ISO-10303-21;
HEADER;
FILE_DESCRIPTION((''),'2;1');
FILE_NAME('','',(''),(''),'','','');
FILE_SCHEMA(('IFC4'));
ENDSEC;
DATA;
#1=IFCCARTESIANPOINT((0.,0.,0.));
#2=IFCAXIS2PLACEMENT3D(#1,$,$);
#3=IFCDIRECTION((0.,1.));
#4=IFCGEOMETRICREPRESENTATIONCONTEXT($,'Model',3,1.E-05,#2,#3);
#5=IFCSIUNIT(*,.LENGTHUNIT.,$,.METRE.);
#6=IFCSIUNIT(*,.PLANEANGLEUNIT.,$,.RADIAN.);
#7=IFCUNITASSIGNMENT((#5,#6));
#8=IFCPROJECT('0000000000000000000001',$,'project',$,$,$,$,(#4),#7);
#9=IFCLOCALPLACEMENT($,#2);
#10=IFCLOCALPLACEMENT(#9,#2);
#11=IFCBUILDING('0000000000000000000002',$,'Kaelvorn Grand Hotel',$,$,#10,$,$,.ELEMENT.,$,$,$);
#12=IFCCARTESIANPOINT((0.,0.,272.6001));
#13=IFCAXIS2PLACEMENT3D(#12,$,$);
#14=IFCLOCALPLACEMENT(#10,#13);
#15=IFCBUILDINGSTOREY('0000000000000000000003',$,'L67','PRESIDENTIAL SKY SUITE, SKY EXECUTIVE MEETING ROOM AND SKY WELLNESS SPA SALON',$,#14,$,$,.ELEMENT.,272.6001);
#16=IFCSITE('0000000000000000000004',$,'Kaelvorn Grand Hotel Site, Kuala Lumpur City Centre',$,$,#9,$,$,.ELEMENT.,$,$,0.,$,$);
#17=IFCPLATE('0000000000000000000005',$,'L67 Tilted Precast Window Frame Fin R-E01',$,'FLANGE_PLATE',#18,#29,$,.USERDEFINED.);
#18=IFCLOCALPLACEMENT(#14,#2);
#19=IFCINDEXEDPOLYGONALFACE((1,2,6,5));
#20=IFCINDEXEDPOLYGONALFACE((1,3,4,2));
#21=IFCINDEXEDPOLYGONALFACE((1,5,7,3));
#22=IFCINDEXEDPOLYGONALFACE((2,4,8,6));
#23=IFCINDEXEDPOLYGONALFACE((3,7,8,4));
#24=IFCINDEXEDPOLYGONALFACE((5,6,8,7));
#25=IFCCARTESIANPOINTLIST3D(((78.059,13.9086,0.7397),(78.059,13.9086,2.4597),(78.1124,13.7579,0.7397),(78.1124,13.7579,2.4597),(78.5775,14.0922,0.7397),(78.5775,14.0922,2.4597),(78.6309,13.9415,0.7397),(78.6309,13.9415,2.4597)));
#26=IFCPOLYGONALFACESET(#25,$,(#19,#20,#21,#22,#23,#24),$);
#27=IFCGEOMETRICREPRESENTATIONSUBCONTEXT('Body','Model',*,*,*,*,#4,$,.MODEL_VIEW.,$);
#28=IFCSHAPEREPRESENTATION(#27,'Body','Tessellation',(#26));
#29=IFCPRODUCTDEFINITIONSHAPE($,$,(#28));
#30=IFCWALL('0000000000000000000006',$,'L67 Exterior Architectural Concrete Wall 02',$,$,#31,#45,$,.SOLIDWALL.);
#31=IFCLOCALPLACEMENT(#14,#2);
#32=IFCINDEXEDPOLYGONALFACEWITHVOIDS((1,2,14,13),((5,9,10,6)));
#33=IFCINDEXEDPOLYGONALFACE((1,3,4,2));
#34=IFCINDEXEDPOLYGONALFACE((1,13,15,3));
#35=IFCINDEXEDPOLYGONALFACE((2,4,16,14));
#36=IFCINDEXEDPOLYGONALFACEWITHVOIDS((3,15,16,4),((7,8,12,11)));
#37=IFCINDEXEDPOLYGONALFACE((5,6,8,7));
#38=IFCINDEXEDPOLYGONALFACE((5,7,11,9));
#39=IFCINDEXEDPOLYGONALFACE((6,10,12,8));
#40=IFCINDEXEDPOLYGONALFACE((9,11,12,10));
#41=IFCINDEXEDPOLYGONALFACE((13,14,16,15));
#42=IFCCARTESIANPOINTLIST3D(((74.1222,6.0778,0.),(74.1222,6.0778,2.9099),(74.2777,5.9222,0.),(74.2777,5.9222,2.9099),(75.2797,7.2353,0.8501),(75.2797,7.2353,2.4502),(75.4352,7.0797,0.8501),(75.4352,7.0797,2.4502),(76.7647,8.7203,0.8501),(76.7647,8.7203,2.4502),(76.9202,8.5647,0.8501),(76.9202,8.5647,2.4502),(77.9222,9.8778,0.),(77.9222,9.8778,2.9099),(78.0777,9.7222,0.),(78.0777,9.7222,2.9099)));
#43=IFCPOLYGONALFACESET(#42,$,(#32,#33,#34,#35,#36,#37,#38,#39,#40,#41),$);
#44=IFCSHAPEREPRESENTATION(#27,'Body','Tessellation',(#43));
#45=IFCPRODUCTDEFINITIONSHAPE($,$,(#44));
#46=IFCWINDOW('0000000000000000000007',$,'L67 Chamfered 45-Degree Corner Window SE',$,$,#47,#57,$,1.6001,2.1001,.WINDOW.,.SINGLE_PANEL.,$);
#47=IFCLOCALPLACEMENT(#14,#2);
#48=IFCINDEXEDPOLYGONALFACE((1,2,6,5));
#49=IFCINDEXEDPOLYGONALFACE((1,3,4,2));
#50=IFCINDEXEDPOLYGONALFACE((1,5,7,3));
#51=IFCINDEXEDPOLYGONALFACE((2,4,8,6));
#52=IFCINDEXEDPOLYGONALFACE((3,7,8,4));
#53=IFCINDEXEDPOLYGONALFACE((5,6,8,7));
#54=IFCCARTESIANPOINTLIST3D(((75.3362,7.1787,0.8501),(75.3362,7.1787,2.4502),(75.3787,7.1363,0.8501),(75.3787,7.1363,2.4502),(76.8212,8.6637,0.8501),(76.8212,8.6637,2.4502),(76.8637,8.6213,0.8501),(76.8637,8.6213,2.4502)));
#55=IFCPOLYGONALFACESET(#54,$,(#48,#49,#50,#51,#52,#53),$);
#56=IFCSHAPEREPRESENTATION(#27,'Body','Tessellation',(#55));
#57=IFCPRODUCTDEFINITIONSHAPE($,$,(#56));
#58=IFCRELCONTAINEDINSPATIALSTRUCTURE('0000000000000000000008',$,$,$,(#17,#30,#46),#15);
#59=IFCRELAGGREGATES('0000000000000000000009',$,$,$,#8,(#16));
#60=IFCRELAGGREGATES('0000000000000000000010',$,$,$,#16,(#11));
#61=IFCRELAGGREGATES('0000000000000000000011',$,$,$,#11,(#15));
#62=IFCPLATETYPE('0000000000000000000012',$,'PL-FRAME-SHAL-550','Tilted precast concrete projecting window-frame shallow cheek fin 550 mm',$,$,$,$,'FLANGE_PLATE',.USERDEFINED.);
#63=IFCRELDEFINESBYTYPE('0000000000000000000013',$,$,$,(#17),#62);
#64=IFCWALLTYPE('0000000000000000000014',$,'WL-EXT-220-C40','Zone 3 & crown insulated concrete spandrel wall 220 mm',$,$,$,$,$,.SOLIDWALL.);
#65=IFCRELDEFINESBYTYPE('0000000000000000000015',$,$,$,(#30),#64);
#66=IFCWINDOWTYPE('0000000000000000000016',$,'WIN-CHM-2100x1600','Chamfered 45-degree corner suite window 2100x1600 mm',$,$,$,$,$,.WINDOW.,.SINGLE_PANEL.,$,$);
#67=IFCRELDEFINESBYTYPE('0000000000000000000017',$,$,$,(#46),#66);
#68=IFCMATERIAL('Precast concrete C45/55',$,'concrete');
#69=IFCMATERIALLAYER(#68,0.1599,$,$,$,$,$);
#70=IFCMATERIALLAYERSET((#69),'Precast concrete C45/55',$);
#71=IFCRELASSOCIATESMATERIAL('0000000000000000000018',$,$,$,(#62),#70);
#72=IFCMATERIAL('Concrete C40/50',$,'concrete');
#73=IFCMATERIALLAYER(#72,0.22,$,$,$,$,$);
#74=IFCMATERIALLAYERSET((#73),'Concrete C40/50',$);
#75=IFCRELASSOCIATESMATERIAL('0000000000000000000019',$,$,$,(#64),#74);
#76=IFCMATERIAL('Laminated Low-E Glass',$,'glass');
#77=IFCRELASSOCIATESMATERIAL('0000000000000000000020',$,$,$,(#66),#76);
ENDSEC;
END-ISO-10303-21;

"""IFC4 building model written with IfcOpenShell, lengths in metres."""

from ifc_helpers import new_model, si_unit, direction, frame, frame_2d, origin, origin_2d, place, context, subcontext, project, spatial, rectangle, extrude, material, layer, layer_set, type_object, element, fill, save


model = new_model("IFC4")

# Units and contexts
model_context = context("Model", 3, precision=1e-05, world=origin(), true_north=direction((0.0, 1.0)))
body_context = subcontext(model_context, "Body", "Model", "MODEL_VIEW")
ifc_project = project(units=[si_unit("LENGTHUNIT", "METRE"), si_unit("PLANEANGLEUNIT", "RADIAN")], contexts=[model_context])

# Site, building, storey
site_placement = place(None, origin())
site = spatial("IfcSite", under=ifc_project, at=site_placement, Name="Kaelvorn Grand Hotel Site, Kuala Lumpur City Centre", CompositionType="ELEMENT", RefElevation=0.0)
building_placement = place(site_placement, origin())
building = spatial("IfcBuilding", under=site, at=building_placement, Name="Kaelvorn Grand Hotel", CompositionType="ELEMENT")
storey_placement = place(building_placement, frame((0.0, 0.0, 272.6001)))
storey = spatial("IfcBuildingStorey", under=building, at=storey_placement, Name="L67", Description="PRESIDENTIAL SKY SUITE, SKY EXECUTIVE MEETING ROOM AND SKY WELLNESS SPA SALON", CompositionType="ELEMENT", Elevation=272.6001)

# Shared definitions
ifc_material_1 = material(Name="Concrete C40/50", Category="concrete")

# Plate
ifc_material_2 = material(Name="Precast concrete C45/55", Category="concrete")
ifc_layer_1 = layer(ifc_material_2, 0.1599)
ifc_layer_set_1 = layer_set([ifc_layer_1], Name="Precast concrete C45/55")
plate_type_1 = type_object("IfcPlateType", Name="PL-FRAME-SHAL-550", Description="Tilted precast concrete projecting window-frame shallow cheek fin 550 mm", ElementType="FLANGE_PLATE", PredefinedType="USERDEFINED", material=ifc_layer_set_1)
plate_1_placement = place(storey_placement, frame((78.345, 13.925, 0.7397), z_axis=(0.0, 0.0, 1.0), x_axis=(-0.333807, 0.942641, 0.0)))
element("IfcPlate", 1, at=plate_1_placement, inside=storey, type_object=plate_type_1, Name="L67 Tilted Precast Window Frame Fin R-E01", ObjectType="FLANGE_PLATE", PredefinedType="USERDEFINED", context=body_context, shape_type="SweptSolid", body=[
    extrude(rectangle(XDim=0.1599, YDim=0.55, at=origin_2d()), origin(), (0.0, 0.0, 1.0), 1.72),
])

# Wall, opening, window
ifc_layer_2 = layer(ifc_material_1, 0.22)
ifc_layer_set_2 = layer_set([ifc_layer_2], Name="Concrete C40/50")
wall_type = type_object("IfcWallType", Name="WL-EXT-220-C40", Description="Zone 3 & crown insulated concrete spandrel wall 220 mm", PredefinedType="SOLIDWALL", material=ifc_layer_set_2)
wall_1_placement = place(storey_placement, frame((74.2, 6.0, 0.0), z_axis=(0.0, 0.0, 1.0), x_axis=(0.707107, 0.707107, 0.0)))
wall_1 = element("IfcWall", 2, at=wall_1_placement, inside=storey, type_object=wall_type, Name="L67 Exterior Architectural Concrete Wall 02", PredefinedType="SOLIDWALL", context=body_context, shape_type="SweptSolid", body=[
    extrude(rectangle(XDim=5.374, YDim=0.22, at=frame_2d((2.687, 0.0))), origin(), (0.0, 0.0, 1.0), 2.9099),
])
opening_1_placement = place(wall_1_placement, frame((1.637, 0.0, 0.8501)))
opening_1 = element("IfcOpeningElement", 3, at=opening_1_placement, cuts=wall_1, PredefinedType="OPENING", context=body_context, shape_type="SweptSolid", body=[
    extrude(rectangle(XDim=2.1001, YDim=1.6001, at=frame_2d((1.05, 0.8))), frame((0.0, 0.1201, 0.0), z_axis=(0.0, -1.0, 0.0), x_axis=(1.0, 0.0, 0.0)), (0.0, 0.0, 1.0), 0.24),
])
ifc_material_3 = material(Name="Laminated Low-E Glass", Category="glass")
window_type_1 = type_object("IfcWindowType", Name="WIN-CHM-2100x1600", Description="Chamfered 45-degree corner suite window 2100x1600 mm", PartitioningType="SINGLE_PANEL", PredefinedType="WINDOW", material=ifc_material_3)
window_1_placement = place(opening_1_placement, origin())
window_1 = element("IfcWindow", 4, at=window_1_placement, inside=storey, type_object=window_type_1, Name="L67 Chamfered 45-Degree Corner Window SE", OverallHeight=1.6001, OverallWidth=2.1001, PartitioningType="SINGLE_PANEL", PredefinedType="WINDOW", context=body_context, shape_type="SweptSolid", body=[
    extrude(rectangle(XDim=2.1001, YDim=1.6001, at=frame_2d((1.05, 0.8))), frame((0.0, 0.03, 0.0), z_axis=(0.0, -1.0, 0.0), x_axis=(1.0, 0.0, 0.0)), (0.0, 0.0, 1.0), 0.0601),
])
fill(opening_1, window_1)

save(model, "model.ifc")
